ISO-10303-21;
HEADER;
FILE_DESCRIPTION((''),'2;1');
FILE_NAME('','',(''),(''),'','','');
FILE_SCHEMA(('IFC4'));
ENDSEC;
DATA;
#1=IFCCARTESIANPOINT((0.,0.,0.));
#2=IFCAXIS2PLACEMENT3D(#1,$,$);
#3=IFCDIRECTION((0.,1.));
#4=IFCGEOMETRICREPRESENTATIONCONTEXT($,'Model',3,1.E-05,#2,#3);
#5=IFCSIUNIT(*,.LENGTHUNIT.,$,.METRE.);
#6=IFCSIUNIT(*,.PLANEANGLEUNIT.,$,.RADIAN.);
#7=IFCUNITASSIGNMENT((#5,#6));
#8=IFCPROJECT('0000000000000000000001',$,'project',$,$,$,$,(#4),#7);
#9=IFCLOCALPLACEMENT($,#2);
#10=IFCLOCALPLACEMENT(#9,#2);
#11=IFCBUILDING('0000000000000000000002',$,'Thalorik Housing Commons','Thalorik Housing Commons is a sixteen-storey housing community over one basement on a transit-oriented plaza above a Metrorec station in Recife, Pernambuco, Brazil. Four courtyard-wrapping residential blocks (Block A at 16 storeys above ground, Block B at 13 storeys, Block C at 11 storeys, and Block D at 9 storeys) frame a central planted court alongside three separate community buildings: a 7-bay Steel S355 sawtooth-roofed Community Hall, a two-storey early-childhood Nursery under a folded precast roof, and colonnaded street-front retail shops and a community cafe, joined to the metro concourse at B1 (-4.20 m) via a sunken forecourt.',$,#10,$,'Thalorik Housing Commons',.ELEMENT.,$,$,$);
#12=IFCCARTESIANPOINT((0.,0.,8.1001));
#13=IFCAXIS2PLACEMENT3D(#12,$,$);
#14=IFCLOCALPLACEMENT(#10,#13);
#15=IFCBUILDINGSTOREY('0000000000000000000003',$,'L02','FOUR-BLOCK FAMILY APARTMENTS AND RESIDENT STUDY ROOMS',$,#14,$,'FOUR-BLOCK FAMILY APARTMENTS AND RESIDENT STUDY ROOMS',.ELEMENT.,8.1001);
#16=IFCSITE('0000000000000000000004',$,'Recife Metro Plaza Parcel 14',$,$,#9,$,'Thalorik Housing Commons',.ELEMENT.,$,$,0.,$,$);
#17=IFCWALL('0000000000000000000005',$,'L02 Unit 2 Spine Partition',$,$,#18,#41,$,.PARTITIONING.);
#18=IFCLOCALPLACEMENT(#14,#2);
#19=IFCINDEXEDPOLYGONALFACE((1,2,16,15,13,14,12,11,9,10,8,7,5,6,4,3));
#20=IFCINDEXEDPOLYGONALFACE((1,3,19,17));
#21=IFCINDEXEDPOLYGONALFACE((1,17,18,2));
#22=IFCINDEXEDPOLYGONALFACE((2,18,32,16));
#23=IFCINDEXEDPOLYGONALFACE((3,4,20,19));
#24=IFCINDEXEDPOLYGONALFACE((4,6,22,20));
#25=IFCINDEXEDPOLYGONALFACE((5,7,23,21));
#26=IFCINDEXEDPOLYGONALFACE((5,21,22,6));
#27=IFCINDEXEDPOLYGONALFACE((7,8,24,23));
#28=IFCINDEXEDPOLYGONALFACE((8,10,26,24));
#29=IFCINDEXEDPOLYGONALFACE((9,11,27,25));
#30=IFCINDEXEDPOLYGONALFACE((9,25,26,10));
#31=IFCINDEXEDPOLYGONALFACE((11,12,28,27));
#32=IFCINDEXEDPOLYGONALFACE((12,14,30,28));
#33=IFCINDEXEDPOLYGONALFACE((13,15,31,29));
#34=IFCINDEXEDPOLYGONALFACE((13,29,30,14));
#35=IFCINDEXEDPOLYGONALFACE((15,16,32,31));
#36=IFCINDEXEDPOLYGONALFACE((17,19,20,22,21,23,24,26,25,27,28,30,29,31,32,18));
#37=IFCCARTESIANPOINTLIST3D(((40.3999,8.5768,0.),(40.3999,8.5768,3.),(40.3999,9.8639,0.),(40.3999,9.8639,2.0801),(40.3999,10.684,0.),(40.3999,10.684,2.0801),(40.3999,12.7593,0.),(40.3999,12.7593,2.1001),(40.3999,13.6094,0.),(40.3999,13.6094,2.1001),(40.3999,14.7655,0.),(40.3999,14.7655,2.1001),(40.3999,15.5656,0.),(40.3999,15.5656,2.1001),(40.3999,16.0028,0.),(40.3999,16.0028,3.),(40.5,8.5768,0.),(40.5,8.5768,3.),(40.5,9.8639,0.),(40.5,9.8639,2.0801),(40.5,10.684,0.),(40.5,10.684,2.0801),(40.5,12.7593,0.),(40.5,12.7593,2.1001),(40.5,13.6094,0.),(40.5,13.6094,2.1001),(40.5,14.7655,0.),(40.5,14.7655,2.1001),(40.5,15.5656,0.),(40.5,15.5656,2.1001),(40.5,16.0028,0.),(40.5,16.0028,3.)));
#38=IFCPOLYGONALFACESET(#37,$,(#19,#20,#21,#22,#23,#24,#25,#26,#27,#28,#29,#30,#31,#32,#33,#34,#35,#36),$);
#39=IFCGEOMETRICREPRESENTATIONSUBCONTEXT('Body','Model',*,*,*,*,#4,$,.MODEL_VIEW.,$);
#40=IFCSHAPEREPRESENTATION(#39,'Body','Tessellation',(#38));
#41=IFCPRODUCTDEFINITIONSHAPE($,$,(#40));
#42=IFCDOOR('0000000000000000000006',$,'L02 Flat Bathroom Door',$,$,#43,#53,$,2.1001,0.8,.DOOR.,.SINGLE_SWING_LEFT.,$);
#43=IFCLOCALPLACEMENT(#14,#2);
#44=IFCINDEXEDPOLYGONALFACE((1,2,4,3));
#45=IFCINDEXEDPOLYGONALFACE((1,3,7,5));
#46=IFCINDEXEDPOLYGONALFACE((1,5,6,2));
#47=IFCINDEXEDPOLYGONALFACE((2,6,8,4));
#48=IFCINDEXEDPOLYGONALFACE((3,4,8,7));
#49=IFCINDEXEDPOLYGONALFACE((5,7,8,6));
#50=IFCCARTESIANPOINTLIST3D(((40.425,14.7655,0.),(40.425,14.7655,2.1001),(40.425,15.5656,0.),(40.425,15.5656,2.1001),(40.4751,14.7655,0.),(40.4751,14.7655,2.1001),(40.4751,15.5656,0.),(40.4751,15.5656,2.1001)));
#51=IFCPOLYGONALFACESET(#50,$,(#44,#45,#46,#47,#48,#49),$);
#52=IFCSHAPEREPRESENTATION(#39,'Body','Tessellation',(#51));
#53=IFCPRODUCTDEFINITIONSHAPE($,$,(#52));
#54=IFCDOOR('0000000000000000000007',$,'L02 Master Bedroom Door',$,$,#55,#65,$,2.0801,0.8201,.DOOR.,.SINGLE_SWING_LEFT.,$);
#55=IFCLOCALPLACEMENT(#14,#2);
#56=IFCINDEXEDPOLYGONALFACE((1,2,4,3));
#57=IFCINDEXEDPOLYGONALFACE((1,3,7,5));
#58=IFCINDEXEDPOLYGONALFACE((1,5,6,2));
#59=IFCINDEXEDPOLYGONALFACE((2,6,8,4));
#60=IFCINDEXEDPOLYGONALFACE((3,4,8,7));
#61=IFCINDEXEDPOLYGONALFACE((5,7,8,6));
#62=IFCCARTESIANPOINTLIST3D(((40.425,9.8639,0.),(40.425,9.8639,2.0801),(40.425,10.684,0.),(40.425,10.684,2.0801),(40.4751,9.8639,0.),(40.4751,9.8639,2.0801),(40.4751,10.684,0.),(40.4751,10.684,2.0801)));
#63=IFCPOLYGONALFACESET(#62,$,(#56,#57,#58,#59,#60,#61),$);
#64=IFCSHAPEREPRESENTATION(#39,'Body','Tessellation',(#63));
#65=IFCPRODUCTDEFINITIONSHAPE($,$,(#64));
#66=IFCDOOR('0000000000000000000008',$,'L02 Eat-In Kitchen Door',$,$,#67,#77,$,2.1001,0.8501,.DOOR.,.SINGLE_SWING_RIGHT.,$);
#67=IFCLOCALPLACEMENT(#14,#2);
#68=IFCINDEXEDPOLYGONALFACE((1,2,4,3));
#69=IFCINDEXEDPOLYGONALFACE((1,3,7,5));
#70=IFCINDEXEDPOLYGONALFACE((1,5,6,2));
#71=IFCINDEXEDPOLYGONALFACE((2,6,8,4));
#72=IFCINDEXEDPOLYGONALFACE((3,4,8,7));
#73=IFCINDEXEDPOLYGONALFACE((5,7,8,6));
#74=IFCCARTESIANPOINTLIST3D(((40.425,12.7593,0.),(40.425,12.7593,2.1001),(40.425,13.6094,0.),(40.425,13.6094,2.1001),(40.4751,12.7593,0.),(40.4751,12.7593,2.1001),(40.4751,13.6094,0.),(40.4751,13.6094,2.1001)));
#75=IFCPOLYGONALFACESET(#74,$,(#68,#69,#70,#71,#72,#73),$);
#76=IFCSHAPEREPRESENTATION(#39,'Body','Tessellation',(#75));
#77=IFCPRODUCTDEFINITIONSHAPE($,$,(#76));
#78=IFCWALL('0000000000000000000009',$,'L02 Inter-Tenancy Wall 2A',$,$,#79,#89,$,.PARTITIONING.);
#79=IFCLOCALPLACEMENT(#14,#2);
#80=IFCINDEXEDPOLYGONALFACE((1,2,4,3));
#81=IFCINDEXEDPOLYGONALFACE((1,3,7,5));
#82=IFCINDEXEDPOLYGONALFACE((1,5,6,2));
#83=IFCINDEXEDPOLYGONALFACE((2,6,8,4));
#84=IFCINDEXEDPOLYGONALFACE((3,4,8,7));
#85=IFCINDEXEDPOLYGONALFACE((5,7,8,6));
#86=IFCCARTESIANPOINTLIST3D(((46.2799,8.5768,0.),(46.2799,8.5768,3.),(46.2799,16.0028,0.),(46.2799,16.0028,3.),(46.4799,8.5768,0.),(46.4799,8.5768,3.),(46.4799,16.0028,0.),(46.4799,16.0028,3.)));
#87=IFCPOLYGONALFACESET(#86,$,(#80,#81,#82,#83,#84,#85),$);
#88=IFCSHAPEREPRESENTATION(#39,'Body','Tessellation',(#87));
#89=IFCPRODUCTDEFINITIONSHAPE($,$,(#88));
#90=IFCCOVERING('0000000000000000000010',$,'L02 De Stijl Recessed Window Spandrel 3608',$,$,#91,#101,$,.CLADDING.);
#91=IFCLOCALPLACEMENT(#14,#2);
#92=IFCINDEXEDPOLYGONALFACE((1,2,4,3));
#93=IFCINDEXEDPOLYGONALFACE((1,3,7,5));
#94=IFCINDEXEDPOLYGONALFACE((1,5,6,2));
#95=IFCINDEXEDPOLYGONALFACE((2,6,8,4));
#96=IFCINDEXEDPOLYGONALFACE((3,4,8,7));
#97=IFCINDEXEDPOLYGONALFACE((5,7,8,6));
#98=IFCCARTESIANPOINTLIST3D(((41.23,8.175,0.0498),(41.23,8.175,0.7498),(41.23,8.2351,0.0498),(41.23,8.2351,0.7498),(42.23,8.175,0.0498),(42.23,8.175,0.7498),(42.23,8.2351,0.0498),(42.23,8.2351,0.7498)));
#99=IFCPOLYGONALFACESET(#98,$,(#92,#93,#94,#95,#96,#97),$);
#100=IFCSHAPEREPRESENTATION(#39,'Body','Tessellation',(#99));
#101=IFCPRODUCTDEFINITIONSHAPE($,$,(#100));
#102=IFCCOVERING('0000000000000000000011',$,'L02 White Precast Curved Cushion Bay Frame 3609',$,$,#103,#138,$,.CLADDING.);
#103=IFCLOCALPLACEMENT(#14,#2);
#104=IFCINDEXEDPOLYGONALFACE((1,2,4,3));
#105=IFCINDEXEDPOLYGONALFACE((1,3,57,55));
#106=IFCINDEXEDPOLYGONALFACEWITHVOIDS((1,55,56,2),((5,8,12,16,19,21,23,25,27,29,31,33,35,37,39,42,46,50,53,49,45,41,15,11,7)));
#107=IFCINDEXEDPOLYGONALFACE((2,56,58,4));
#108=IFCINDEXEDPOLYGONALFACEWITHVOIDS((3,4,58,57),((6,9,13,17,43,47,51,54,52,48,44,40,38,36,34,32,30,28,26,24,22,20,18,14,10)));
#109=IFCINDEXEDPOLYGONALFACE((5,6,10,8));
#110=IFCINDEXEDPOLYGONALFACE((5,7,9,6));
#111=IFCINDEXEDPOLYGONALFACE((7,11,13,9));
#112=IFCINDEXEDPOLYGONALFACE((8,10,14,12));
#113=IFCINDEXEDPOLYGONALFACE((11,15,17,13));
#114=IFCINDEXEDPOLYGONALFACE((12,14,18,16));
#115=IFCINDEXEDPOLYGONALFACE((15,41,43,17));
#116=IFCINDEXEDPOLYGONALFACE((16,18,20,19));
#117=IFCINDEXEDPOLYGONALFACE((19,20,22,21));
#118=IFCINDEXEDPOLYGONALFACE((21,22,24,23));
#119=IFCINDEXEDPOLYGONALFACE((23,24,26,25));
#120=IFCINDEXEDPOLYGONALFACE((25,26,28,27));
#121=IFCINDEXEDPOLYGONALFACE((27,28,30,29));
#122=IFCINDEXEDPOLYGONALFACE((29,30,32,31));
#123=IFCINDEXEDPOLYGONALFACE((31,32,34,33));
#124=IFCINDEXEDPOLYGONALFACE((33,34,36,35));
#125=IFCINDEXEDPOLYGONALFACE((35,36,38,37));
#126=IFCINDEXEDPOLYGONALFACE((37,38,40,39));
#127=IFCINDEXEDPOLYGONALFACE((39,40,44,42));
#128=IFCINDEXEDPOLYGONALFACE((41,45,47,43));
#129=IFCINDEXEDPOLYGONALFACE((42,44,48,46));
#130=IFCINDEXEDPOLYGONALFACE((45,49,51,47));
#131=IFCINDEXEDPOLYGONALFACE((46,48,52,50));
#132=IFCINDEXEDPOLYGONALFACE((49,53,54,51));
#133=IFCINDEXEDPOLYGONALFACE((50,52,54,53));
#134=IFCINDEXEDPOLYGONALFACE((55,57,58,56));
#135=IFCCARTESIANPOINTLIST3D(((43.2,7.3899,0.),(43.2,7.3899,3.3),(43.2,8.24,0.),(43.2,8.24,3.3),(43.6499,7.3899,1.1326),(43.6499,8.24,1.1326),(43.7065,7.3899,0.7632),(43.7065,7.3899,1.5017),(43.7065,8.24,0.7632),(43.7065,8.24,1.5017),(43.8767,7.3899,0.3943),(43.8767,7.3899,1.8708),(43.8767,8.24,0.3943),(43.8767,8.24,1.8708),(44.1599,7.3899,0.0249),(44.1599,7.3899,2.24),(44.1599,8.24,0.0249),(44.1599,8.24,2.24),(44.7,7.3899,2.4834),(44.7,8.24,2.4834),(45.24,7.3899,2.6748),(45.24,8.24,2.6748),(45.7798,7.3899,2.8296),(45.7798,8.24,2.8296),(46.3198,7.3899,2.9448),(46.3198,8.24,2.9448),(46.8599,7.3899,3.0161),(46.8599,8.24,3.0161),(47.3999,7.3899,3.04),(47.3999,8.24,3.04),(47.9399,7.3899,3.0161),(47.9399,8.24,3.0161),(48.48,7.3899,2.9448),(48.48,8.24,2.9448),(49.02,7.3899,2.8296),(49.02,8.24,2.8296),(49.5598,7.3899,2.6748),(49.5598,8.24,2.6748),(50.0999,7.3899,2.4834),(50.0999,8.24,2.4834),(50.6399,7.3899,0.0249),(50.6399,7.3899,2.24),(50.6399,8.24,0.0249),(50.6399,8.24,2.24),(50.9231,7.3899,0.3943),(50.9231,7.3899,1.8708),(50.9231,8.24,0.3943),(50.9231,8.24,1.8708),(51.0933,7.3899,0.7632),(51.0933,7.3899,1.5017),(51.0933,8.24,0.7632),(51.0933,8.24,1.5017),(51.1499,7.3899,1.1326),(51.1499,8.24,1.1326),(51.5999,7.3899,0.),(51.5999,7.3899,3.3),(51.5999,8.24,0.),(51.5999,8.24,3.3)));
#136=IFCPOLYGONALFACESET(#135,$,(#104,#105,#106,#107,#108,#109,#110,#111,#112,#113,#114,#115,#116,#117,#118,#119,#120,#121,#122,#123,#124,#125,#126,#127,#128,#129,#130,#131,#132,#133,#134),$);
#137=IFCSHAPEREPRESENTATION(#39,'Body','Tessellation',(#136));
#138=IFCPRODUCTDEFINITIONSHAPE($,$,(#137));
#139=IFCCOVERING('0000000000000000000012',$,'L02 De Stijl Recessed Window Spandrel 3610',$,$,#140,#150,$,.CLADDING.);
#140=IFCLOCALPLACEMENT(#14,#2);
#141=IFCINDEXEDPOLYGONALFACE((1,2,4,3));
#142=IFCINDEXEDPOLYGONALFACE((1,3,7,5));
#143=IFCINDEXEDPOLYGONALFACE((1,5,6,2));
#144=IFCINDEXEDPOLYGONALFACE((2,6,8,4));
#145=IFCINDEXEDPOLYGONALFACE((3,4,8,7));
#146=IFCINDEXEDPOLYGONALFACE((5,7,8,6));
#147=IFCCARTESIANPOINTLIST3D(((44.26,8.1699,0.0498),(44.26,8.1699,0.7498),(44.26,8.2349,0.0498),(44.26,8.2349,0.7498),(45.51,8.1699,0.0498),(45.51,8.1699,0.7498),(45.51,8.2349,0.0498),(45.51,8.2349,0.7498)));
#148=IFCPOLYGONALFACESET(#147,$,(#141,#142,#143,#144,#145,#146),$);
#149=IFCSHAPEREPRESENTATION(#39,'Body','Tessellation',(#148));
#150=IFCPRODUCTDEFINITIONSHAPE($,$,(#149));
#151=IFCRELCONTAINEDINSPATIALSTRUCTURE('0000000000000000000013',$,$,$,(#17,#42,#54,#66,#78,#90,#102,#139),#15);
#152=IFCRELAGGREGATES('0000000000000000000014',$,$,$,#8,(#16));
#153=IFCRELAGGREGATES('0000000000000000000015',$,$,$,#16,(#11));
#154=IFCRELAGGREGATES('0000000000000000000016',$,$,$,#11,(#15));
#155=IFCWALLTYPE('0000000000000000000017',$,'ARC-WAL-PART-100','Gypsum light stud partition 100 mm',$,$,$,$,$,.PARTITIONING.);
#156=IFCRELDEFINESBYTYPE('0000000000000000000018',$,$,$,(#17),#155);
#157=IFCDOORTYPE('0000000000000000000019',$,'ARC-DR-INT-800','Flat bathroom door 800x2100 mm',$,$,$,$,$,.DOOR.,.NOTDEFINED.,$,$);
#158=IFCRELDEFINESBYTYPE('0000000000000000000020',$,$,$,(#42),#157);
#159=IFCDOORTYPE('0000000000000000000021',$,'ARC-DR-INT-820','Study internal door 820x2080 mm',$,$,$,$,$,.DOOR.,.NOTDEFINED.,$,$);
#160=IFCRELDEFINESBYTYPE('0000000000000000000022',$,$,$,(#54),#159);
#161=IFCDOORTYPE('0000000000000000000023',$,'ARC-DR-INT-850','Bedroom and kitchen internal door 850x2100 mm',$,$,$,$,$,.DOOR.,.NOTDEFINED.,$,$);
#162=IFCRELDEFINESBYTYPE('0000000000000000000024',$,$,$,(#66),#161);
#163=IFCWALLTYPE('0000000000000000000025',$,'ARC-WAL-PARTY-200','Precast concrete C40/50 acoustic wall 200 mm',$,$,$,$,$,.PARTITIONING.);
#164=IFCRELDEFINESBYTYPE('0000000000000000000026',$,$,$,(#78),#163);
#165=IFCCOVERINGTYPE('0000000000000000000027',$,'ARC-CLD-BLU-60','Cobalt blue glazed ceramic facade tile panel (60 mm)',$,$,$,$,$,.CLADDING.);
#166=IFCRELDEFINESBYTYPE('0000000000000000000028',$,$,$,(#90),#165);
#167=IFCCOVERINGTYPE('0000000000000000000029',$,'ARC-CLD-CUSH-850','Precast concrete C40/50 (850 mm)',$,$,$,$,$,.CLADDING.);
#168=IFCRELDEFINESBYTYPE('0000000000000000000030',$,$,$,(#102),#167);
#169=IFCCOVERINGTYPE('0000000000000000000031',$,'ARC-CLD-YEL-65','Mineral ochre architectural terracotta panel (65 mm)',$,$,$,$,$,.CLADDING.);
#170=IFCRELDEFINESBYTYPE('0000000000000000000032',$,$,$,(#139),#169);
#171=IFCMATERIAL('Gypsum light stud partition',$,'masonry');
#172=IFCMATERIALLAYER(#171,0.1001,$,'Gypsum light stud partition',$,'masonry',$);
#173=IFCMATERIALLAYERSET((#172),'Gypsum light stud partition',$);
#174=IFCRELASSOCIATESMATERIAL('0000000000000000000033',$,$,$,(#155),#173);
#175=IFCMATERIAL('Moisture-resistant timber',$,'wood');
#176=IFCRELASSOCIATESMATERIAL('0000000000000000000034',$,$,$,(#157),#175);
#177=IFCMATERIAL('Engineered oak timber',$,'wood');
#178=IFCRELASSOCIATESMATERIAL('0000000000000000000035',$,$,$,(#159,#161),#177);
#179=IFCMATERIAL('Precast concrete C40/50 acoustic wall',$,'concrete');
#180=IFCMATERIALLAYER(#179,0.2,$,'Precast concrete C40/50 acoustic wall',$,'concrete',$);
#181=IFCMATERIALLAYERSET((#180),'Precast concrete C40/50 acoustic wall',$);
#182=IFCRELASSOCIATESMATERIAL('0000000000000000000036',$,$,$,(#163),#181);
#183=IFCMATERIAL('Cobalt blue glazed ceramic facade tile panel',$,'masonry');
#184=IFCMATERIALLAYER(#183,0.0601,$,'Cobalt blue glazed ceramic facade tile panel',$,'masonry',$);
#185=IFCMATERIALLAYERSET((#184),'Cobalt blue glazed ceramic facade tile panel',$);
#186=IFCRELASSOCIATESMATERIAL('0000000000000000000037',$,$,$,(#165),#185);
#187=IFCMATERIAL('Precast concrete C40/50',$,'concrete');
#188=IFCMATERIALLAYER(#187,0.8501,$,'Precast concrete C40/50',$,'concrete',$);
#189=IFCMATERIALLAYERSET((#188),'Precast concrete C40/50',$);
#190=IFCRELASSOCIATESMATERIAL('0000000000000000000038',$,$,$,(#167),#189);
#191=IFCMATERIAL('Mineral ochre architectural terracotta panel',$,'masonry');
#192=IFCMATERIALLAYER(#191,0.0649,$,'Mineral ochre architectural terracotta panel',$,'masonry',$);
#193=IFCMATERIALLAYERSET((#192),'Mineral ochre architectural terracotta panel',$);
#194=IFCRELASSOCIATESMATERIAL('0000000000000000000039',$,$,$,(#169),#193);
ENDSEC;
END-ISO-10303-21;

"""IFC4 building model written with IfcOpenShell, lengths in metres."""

from ifc_helpers import new_model, si_unit, direction, frame, frame_2d, origin, origin_2d, place, context, subcontext, project, spatial, polyline, rectangle, outline, extrude, material, layer, layer_set, type_object, element, fill, save


model = new_model("IFC4")

# Units and contexts
model_context = context("Model", 3, precision=1e-05, world=origin(), true_north=direction((0.0, 1.0)))
body_context = subcontext(model_context, "Body", "Model", "MODEL_VIEW")
ifc_project = project(units=[si_unit("LENGTHUNIT", "METRE"), si_unit("PLANEANGLEUNIT", "RADIAN")], contexts=[model_context])

# Site, building, storey
site_placement = place(None, origin())
site = spatial("IfcSite", under=ifc_project, at=site_placement, Name="Recife Metro Plaza Parcel 14", LongName="Thalorik Housing Commons", CompositionType="ELEMENT", RefElevation=0.0)
building_placement = place(site_placement, origin())
building = spatial("IfcBuilding", under=site, at=building_placement, Name="Thalorik Housing Commons", Description="Thalorik Housing Commons is a sixteen-storey housing community over one basement on a transit-oriented plaza above a Metrorec station in Recife, Pernambuco, Brazil. Four courtyard-wrapping residential blocks (Block A at 16 storeys above ground, Block B at 13 storeys, Block C at 11 storeys, and Block D at 9 storeys) frame a central planted court alongside three separate community buildings: a 7-bay Steel S355 sawtooth-roofed Community Hall, a two-storey early-childhood Nursery under a folded precast roof, and colonnaded street-front retail shops and a community cafe, joined to the metro concourse at B1 (-4.20 m) via a sunken forecourt.", LongName="Thalorik Housing Commons", CompositionType="ELEMENT")
storey_placement = place(building_placement, frame((0.0, 0.0, 8.1001)))
storey = spatial("IfcBuildingStorey", under=building, at=storey_placement, Name="L02", Description="FOUR-BLOCK FAMILY APARTMENTS AND RESIDENT STUDY ROOMS", LongName="FOUR-BLOCK FAMILY APARTMENTS AND RESIDENT STUDY ROOMS", CompositionType="ELEMENT", Elevation=8.1001)

# Shared definitions
ifc_material_1 = material(Name="Precast concrete C40/50", Category="concrete")

# Wall, openings, doors
ifc_material_2 = material(Name="Gypsum light stud partition", Category="masonry")
ifc_layer_1 = layer(ifc_material_2, 0.1001, Name="Gypsum light stud partition", Category="masonry")
ifc_layer_set_1 = layer_set([ifc_layer_1], Name="Gypsum light stud partition")
wall_type_1 = type_object("IfcWallType", Name="ARC-WAL-PART-100", Description="Gypsum light stud partition 100 mm", PredefinedType="PARTITIONING", material=ifc_layer_set_1)
wall_1_placement = place(storey_placement, frame((40.45, 8.5769, 0.0), z_axis=(0.0, 0.0, 1.0), x_axis=(0.0, 1.0, 0.0)))
wall_1 = element("IfcWall", 1, at=wall_1_placement, inside=storey, type_object=wall_type_1, Name="L02 Unit 2 Spine Partition", PredefinedType="PARTITIONING", context=body_context, shape_type="SweptSolid", body=[
    extrude(rectangle(XDim=7.426, YDim=0.1001, at=frame_2d((3.7129, 0.0))), origin(), (0.0, 0.0, 1.0), 3.0),
])
opening_1_placement = place(wall_1_placement, frame((1.2869, 0.0, 0.0)))
opening_1 = element("IfcOpeningElement", 2, at=opening_1_placement, cuts=wall_1, PredefinedType="OPENING", context=body_context, shape_type="SweptSolid", body=[
    extrude(rectangle(XDim=0.8201, YDim=2.0801, at=frame_2d((0.4102, 1.04))), frame((0.0, 0.0601, 0.0), z_axis=(0.0, -1.0, 0.0), x_axis=(1.0, 0.0, 0.0)), (0.0, 0.0, 1.0), 0.1201),
])
opening_2_placement = place(wall_1_placement, frame((4.1824, 0.0, 0.0)))
opening_2 = element("IfcOpeningElement", 3, at=opening_2_placement, cuts=wall_1, PredefinedType="OPENING", context=body_context, shape_type="SweptSolid", body=[
    extrude(rectangle(XDim=0.8501, YDim=2.1001, at=frame_2d((0.425, 1.05))), frame((0.0, 0.0601, 0.0), z_axis=(0.0, -1.0, 0.0), x_axis=(1.0, 0.0, 0.0)), (0.0, 0.0, 1.0), 0.1201),
])
opening_3_placement = place(wall_1_placement, frame((6.1887, 0.0, 0.0)))
opening_3 = element("IfcOpeningElement", 4, at=opening_3_placement, cuts=wall_1, PredefinedType="OPENING", context=body_context, shape_type="SweptSolid", body=[
    extrude(rectangle(XDim=0.8, YDim=2.1001, at=frame_2d((0.3999, 1.05))), frame((0.0, 0.0601, 0.0), z_axis=(0.0, -1.0, 0.0), x_axis=(1.0, 0.0, 0.0)), (0.0, 0.0, 1.0), 0.1201),
])
ifc_material_3 = material(Name="Moisture-resistant timber", Category="wood")
door_type_1 = type_object("IfcDoorType", Name="ARC-DR-INT-800", Description="Flat bathroom door 800x2100 mm", OperationType="NOTDEFINED", PredefinedType="DOOR", material=ifc_material_3)
door_1_placement = place(opening_3_placement, origin())
door_1 = element("IfcDoor", 5, at=door_1_placement, inside=storey, type_object=door_type_1, Name="L02 Flat Bathroom Door", OperationType="SINGLE_SWING_LEFT", OverallHeight=2.1001, OverallWidth=0.8, PredefinedType="DOOR", context=body_context, shape_type="SweptSolid", body=[
    extrude(rectangle(XDim=0.8, YDim=2.1001, at=frame_2d((0.3999, 1.05))), frame((0.0, 0.0249, 0.0), z_axis=(0.0, -1.0, 0.0), x_axis=(1.0, 0.0, 0.0)), (0.0, 0.0, 1.0), 0.05),
])
fill(opening_3, door_1)
ifc_material_4 = material(Name="Engineered oak timber", Category="wood")
door_type_2 = type_object("IfcDoorType", Name="ARC-DR-INT-820", Description="Study internal door 820x2080 mm", OperationType="NOTDEFINED", PredefinedType="DOOR", material=ifc_material_4)
door_2_placement = place(opening_1_placement, origin())
door_2 = element("IfcDoor", 6, at=door_2_placement, inside=storey, type_object=door_type_2, Name="L02 Master Bedroom Door", OperationType="SINGLE_SWING_LEFT", OverallHeight=2.0801, OverallWidth=0.8201, PredefinedType="DOOR", context=body_context, shape_type="SweptSolid", body=[
    extrude(rectangle(XDim=0.8201, YDim=2.0801, at=frame_2d((0.4102, 1.04))), frame((0.0, 0.0249, 0.0), z_axis=(0.0, -1.0, 0.0), x_axis=(1.0, 0.0, 0.0)), (0.0, 0.0, 1.0), 0.05),
])
fill(opening_1, door_2)
door_type_3 = type_object("IfcDoorType", Name="ARC-DR-INT-850", Description="Bedroom and kitchen internal door 850x2100 mm", OperationType="NOTDEFINED", PredefinedType="DOOR", material=ifc_material_4)
door_3_placement = place(opening_2_placement, origin())
door_3 = element("IfcDoor", 7, at=door_3_placement, inside=storey, type_object=door_type_3, Name="L02 Eat-In Kitchen Door", OperationType="SINGLE_SWING_RIGHT", OverallHeight=2.1001, OverallWidth=0.8501, PredefinedType="DOOR", context=body_context, shape_type="SweptSolid", body=[
    extrude(rectangle(XDim=0.8501, YDim=2.1001, at=frame_2d((0.425, 1.05))), frame((0.0, 0.0249, 0.0), z_axis=(0.0, -1.0, 0.0), x_axis=(1.0, 0.0, 0.0)), (0.0, 0.0, 1.0), 0.05),
])
fill(opening_2, door_3)

# Wall
ifc_material_5 = material(Name="Precast concrete C40/50 acoustic wall", Category="concrete")
ifc_layer_2 = layer(ifc_material_5, 0.2, Name="Precast concrete C40/50 acoustic wall", Category="concrete")
ifc_layer_set_2 = layer_set([ifc_layer_2], Name="Precast concrete C40/50 acoustic wall")
wall_type_2 = type_object("IfcWallType", Name="ARC-WAL-PARTY-200", Description="Precast concrete C40/50 acoustic wall 200 mm", PredefinedType="PARTITIONING", material=ifc_layer_set_2)
wall_2_placement = place(storey_placement, frame((46.3799, 8.5769, 0.0), z_axis=(0.0, 0.0, 1.0), x_axis=(0.0, 1.0, 0.0)))
element("IfcWall", 8, at=wall_2_placement, inside=storey, type_object=wall_type_2, Name="L02 Inter-Tenancy Wall 2A", PredefinedType="PARTITIONING", context=body_context, shape_type="SweptSolid", body=[
    extrude(rectangle(XDim=7.426, YDim=0.2, at=frame_2d((3.7129, 0.0))), origin(), (0.0, 0.0, 1.0), 3.0),
])

# Coverings
ifc_material_6 = material(Name="Cobalt blue glazed ceramic facade tile panel", Category="masonry")
ifc_layer_3 = layer(ifc_material_6, 0.0601, Name="Cobalt blue glazed ceramic facade tile panel", Category="masonry")
ifc_layer_set_3 = layer_set([ifc_layer_3], Name="Cobalt blue glazed ceramic facade tile panel")
covering_type_1 = type_object("IfcCoveringType", Name="ARC-CLD-BLU-60", Description="Cobalt blue glazed ceramic facade tile panel (60 mm)", PredefinedType="CLADDING", material=ifc_layer_set_3)
covering_1_placement = place(storey_placement, frame((41.73, 8.2051, 0.0498), z_axis=(0.0, 0.0, 1.0), x_axis=(1.0, 0.0, 0.0)))
element("IfcCovering", 9, at=covering_1_placement, inside=storey, type_object=covering_type_1, Name="L02 De Stijl Recessed Window Spandrel 3608", PredefinedType="CLADDING", context=body_context, shape_type="SweptSolid", body=[
    extrude(rectangle(XDim=1.0, YDim=0.0601, at=origin_2d()), origin(), (0.0, 0.0, 1.0), 0.7),
])
ifc_layer_4 = layer(ifc_material_1, 0.8501, Name="Precast concrete C40/50", Category="concrete")
ifc_layer_set_4 = layer_set([ifc_layer_4], Name="Precast concrete C40/50")
covering_type_2 = type_object("IfcCoveringType", Name="ARC-CLD-CUSH-850", Description="Precast concrete C40/50 (850 mm)", PredefinedType="CLADDING", material=ifc_layer_set_4)
covering_2_placement = place(storey_placement, frame((47.3999, 7.8149, 0.0), z_axis=(0.0, 0.0, 1.0), x_axis=(1.0, 0.0, 0.0)))
element("IfcCovering", 10, at=covering_2_placement, inside=storey, type_object=covering_type_2, Name="L02 White Precast Curved Cushion Bay Frame 3609", PredefinedType="CLADDING", context=body_context, shape_type="SweptSolid", body=[
    extrude(outline(polyline([(-4.2, 0.0), (4.2, 0.0), (4.2, 3.3), (-4.2, 3.3), (-4.2, 0.0)]), holes=[polyline([(3.24, 0.0249), (3.5232, 0.3943), (3.6934, 0.7632), (3.75, 1.1326), (3.6934, 1.5017), (3.5232, 1.8708), (3.24, 2.24), (2.7, 2.4834), (2.1599, 2.6748), (1.6201, 2.8296), (1.0801, 2.9448), (0.54, 3.0161), (0.0, 3.04), (-0.54, 3.0161), (-1.0801, 2.9448), (-1.6201, 2.8296), (-2.1599, 2.6748), (-2.7, 2.4834), (-3.24, 2.24), (-3.5232, 1.8708), (-3.6934, 1.5017), (-3.75, 1.1326), (-3.6934, 0.7632), (-3.5232, 0.3943), (-3.24, 0.0249), (3.24, 0.0249)])]), frame((0.0, 0.425, 0.0), z_axis=(0.0, -1.0, 0.0), x_axis=(1.0, 0.0, 0.0)), (0.0, 0.0, 1.0), 0.8501),
])
ifc_material_7 = material(Name="Mineral ochre architectural terracotta panel", Category="masonry")
ifc_layer_5 = layer(ifc_material_7, 0.0649, Name="Mineral ochre architectural terracotta panel", Category="masonry")
ifc_layer_set_5 = layer_set([ifc_layer_5], Name="Mineral ochre architectural terracotta panel")
covering_type_3 = type_object("IfcCoveringType", Name="ARC-CLD-YEL-65", Description="Mineral ochre architectural terracotta panel (65 mm)", PredefinedType="CLADDING", material=ifc_layer_set_5)
covering_3_placement = place(storey_placement, frame((44.885, 8.2024, 0.0498), z_axis=(0.0, 0.0, 1.0), x_axis=(1.0, 0.0, 0.0)))
element("IfcCovering", 11, at=covering_3_placement, inside=storey, type_object=covering_type_3, Name="L02 De Stijl Recessed Window Spandrel 3610", PredefinedType="CLADDING", context=body_context, shape_type="SweptSolid", body=[
    extrude(rectangle(XDim=1.25, YDim=0.0649, at=origin_2d()), origin(), (0.0, 0.0, 1.0), 0.7),
])

save(model, "model.ifc")
